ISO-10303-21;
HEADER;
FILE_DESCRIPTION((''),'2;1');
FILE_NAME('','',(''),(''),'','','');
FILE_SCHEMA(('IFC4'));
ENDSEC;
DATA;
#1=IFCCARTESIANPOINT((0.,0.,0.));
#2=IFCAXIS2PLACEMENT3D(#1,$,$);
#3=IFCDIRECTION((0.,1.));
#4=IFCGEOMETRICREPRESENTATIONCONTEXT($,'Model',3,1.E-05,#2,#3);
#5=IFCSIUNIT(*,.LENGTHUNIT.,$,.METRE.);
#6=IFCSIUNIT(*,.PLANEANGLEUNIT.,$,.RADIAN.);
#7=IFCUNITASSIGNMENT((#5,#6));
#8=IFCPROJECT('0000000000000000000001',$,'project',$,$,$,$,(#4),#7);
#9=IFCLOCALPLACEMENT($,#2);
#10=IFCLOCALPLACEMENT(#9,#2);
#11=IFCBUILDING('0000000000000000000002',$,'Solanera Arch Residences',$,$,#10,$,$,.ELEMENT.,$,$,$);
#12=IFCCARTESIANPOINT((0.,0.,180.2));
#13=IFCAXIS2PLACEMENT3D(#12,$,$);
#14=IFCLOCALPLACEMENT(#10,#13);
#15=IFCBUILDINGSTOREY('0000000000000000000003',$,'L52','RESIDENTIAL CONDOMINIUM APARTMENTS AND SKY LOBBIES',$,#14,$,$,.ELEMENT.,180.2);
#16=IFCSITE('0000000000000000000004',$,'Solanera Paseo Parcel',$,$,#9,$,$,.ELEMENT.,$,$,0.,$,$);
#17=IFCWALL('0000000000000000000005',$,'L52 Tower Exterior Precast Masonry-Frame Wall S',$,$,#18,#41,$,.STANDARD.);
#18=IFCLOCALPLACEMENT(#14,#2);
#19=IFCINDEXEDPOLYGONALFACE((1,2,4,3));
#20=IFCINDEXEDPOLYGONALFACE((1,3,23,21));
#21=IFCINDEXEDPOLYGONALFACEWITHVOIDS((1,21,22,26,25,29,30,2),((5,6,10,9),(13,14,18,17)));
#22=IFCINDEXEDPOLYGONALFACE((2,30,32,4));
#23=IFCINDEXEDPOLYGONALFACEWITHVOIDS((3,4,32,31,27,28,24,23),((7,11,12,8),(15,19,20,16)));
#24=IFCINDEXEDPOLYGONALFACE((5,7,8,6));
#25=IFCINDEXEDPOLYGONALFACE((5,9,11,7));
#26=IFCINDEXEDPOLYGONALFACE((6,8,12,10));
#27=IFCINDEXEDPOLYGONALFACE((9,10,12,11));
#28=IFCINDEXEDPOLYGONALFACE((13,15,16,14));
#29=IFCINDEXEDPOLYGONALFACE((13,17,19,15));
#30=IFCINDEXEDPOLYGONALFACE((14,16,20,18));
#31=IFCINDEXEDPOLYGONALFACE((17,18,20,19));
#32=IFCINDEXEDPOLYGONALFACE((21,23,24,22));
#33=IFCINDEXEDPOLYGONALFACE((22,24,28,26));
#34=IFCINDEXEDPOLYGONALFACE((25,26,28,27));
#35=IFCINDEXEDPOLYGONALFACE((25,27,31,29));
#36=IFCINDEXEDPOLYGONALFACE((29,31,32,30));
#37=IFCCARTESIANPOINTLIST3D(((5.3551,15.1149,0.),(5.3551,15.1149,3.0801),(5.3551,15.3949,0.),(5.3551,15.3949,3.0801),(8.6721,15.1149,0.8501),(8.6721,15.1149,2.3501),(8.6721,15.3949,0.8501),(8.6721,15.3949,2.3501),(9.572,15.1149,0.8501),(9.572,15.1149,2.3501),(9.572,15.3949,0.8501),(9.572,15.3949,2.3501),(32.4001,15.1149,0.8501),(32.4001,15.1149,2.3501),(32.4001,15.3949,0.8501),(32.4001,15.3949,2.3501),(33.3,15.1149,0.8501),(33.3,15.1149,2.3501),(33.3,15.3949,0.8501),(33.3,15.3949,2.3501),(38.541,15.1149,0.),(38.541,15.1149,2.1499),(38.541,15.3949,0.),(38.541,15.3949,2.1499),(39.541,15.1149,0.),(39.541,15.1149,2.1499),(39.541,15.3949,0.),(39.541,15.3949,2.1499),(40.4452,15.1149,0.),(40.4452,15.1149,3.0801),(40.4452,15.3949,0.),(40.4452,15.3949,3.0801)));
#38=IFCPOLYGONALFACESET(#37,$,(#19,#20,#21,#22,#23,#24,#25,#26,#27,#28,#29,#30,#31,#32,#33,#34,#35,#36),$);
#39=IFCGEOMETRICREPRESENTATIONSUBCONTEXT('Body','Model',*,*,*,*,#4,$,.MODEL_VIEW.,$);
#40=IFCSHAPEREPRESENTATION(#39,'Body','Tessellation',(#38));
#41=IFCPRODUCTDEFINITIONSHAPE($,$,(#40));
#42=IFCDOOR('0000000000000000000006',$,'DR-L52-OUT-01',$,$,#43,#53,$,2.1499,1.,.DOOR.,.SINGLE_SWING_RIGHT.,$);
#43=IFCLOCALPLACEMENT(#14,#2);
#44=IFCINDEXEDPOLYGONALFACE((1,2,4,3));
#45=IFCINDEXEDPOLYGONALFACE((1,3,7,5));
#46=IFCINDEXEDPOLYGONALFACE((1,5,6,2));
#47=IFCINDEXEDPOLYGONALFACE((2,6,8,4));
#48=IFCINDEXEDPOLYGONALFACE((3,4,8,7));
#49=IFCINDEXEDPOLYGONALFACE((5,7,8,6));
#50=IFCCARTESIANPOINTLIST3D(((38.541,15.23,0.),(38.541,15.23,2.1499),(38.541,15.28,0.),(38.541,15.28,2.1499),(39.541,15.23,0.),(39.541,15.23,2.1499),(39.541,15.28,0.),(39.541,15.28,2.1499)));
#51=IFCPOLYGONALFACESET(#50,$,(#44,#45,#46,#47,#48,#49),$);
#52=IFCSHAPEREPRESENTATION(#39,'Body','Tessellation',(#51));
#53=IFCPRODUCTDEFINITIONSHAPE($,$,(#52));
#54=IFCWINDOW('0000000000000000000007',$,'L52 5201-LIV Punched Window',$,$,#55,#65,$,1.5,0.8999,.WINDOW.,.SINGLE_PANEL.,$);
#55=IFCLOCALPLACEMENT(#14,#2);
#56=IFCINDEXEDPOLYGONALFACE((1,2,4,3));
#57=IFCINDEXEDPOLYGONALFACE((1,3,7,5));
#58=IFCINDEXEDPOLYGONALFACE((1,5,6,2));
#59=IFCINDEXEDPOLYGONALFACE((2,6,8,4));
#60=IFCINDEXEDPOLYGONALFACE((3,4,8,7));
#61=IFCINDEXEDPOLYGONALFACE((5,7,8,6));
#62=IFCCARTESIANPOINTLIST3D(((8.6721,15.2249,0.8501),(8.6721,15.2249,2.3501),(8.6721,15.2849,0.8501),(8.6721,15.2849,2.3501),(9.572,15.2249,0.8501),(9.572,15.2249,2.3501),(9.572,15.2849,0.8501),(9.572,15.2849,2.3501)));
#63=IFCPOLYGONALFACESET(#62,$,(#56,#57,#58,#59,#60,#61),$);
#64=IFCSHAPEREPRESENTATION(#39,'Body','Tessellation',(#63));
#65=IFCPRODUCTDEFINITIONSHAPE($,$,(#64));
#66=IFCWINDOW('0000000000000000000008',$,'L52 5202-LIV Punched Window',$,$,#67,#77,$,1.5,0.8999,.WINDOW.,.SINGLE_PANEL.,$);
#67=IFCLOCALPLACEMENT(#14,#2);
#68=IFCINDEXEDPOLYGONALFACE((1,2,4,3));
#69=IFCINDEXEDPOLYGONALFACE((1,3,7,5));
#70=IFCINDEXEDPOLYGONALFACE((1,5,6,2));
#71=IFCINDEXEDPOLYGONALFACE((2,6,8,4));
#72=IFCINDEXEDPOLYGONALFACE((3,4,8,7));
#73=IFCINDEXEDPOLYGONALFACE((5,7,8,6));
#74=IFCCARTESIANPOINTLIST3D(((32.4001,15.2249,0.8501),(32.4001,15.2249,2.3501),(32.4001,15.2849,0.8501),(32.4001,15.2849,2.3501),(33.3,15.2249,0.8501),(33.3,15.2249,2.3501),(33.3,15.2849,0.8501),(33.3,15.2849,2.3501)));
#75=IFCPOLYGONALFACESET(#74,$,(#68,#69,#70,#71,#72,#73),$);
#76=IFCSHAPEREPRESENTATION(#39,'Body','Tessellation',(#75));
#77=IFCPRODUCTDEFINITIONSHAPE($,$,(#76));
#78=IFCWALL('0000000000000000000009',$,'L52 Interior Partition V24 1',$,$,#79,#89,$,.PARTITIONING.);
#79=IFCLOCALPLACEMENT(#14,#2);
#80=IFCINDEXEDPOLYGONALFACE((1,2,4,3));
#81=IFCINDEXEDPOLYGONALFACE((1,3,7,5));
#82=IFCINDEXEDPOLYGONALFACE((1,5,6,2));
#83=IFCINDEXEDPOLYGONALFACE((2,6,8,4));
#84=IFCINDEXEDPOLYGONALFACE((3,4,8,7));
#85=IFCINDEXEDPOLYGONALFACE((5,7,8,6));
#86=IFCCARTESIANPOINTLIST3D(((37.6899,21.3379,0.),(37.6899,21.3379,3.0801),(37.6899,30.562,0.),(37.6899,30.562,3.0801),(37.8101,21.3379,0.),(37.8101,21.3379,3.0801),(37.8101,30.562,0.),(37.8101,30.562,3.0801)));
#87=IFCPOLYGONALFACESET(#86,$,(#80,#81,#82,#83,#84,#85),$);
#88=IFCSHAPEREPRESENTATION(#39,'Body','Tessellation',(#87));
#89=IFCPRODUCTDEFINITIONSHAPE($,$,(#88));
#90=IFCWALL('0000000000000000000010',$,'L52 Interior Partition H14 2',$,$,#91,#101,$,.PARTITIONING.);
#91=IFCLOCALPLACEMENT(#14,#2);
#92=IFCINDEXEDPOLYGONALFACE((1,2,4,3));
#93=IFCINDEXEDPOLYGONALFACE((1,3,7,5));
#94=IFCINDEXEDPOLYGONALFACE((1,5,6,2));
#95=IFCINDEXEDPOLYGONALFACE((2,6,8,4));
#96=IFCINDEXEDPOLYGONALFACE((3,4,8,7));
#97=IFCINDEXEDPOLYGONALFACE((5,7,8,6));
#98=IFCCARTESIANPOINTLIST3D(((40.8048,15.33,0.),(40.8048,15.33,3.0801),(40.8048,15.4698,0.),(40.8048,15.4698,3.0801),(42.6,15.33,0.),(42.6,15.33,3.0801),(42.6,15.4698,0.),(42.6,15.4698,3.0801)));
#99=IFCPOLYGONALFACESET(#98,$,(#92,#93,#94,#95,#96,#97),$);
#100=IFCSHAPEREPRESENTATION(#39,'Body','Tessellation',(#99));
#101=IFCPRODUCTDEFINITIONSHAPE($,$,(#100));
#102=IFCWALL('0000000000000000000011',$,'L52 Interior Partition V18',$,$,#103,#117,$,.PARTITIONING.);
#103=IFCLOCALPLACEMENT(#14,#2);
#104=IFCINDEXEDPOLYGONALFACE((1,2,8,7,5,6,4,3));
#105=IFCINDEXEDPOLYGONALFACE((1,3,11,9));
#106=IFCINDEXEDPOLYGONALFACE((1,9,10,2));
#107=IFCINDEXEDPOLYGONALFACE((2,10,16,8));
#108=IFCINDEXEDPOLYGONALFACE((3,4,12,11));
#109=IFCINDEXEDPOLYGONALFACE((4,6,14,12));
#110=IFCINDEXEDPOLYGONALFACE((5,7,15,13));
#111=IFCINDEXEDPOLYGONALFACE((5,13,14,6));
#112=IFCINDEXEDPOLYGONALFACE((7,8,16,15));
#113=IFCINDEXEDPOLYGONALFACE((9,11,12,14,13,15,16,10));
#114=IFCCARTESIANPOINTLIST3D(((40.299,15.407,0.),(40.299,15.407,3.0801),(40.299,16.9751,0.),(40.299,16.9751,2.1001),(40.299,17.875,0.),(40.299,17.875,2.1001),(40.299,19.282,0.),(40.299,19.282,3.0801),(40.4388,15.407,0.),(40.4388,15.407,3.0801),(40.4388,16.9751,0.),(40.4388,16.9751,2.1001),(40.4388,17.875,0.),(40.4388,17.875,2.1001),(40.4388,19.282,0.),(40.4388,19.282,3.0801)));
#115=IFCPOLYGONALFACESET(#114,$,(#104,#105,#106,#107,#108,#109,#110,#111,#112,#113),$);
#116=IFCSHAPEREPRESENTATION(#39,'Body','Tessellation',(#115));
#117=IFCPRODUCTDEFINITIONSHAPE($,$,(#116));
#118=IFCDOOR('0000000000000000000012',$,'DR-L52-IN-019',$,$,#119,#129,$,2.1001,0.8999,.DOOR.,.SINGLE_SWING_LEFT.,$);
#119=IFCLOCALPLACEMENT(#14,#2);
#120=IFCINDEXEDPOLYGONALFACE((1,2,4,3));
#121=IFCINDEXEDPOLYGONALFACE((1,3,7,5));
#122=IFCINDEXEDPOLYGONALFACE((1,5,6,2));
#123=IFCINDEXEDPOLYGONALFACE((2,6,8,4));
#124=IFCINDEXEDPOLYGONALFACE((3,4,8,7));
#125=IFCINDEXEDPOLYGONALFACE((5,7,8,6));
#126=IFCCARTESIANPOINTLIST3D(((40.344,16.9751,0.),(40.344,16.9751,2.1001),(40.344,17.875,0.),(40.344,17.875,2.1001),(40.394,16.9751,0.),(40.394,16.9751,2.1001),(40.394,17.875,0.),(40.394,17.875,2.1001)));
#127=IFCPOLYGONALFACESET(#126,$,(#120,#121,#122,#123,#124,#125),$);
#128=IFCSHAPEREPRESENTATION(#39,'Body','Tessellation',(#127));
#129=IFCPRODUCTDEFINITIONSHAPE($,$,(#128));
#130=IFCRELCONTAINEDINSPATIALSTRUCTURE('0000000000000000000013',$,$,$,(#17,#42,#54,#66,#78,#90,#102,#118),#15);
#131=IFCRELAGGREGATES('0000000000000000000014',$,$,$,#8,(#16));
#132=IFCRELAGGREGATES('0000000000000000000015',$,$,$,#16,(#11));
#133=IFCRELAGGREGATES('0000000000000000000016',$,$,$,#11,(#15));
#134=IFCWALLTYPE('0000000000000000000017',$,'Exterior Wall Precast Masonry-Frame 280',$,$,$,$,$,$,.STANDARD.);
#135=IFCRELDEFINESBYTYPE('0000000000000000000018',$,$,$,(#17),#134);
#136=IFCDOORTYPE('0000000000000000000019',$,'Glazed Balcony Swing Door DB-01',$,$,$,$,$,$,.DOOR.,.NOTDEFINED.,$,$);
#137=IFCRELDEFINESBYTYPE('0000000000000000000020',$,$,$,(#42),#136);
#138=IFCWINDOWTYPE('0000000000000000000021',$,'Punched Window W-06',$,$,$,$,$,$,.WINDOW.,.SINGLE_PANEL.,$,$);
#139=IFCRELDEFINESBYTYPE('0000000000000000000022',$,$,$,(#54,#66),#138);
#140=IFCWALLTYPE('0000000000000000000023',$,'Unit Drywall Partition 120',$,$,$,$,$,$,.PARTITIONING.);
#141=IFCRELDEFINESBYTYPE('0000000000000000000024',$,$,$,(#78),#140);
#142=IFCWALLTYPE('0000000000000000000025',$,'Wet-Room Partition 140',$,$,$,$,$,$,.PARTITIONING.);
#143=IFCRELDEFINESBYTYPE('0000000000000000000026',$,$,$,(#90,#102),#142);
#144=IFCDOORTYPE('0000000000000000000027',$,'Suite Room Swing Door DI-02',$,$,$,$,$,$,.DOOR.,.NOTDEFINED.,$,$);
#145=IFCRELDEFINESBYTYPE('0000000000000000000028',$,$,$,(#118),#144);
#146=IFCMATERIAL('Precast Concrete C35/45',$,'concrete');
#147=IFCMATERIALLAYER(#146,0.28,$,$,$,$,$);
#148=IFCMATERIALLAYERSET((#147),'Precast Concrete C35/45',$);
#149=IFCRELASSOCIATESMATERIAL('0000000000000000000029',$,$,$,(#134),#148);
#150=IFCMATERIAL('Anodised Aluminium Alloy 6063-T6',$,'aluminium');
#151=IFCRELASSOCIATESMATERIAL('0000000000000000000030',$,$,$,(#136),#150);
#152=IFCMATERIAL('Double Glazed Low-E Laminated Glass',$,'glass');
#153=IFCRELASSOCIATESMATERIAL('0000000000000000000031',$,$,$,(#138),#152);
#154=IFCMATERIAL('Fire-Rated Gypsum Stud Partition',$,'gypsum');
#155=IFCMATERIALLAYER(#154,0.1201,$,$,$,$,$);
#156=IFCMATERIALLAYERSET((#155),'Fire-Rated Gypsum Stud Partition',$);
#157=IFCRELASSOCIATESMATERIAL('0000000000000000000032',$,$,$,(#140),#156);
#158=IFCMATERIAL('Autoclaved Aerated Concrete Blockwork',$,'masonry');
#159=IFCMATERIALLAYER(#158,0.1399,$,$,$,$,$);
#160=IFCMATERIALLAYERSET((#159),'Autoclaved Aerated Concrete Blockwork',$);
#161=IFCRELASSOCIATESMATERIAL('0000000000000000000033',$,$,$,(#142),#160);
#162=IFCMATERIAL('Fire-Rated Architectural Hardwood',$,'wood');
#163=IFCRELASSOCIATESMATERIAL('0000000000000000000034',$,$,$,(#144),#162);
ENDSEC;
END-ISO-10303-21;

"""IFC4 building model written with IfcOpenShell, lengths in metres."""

from ifc_helpers import new_model, si_unit, direction, frame, frame_2d, origin, place, context, subcontext, project, spatial, rectangle, extrude, material, layer, layer_set, type_object, element, fill, save


model = new_model("IFC4")

# Units and contexts
model_context = context("Model", 3, precision=1e-05, world=origin(), true_north=direction((0.0, 1.0)))
body_context = subcontext(model_context, "Body", "Model", "MODEL_VIEW")
ifc_project = project(units=[si_unit("LENGTHUNIT", "METRE"), si_unit("PLANEANGLEUNIT", "RADIAN")], contexts=[model_context])

# Site, building, storey
site_placement = place(None, origin())
site = spatial("IfcSite", under=ifc_project, at=site_placement, Name="Solanera Paseo Parcel", CompositionType="ELEMENT", RefElevation=0.0)
building_placement = place(site_placement, origin())
building = spatial("IfcBuilding", under=site, at=building_placement, Name="Solanera Arch Residences", CompositionType="ELEMENT")
storey_placement = place(building_placement, frame((0.0, 0.0, 180.2)))
storey = spatial("IfcBuildingStorey", under=building, at=storey_placement, Name="L52", Description="RESIDENTIAL CONDOMINIUM APARTMENTS AND SKY LOBBIES", CompositionType="ELEMENT", Elevation=180.2)

# Shared definitions
ifc_material_1 = material(Name="Precast Concrete C35/45", Category="concrete")
ifc_layer_1 = layer(ifc_material_1, 0.28)
ifc_layer_set_1 = layer_set([ifc_layer_1], Name="Precast Concrete C35/45")
wall_type_1 = type_object("IfcWallType", Name="Exterior Wall Precast Masonry-Frame 280", PredefinedType="STANDARD", material=ifc_layer_set_1)

# Wall, openings, door, windows
wall_1_placement = place(storey_placement, frame((40.4451, 15.2549, 0.0), z_axis=(0.0, 0.0, 1.0), x_axis=(-1.0, 0.0, 0.0)))
wall_1 = element("IfcWall", 1, at=wall_1_placement, inside=storey, type_object=wall_type_1, Name="L52 Tower Exterior Precast Masonry-Frame Wall S", PredefinedType="STANDARD", context=body_context, shape_type="SweptSolid", body=[
    extrude(rectangle(XDim=35.0901, YDim=0.28, at=frame_2d((17.5449, 0.0))), origin(), (0.0, 0.0, 1.0), 3.0801),
])
opening_1_placement = place(wall_1_placement, frame((0.9041, 0.0, 0.0)))
opening_1 = element("IfcOpeningElement", 2, at=opening_1_placement, cuts=wall_1, PredefinedType="OPENING", context=body_context, shape_type="SweptSolid", body=[
    extrude(rectangle(XDim=1.0, YDim=2.1499, at=frame_2d((0.5, 1.075))), frame((0.0, 0.1499, 0.0), z_axis=(0.0, -1.0, 0.0), x_axis=(1.0, 0.0, 0.0)), (0.0, 0.0, 1.0), 0.3),
])
opening_2_placement = place(wall_1_placement, frame((30.873, 0.0, 0.8501)))
opening_2 = element("IfcOpeningElement", 3, at=opening_2_placement, cuts=wall_1, PredefinedType="OPENING", context=body_context, shape_type="SweptSolid", body=[
    extrude(rectangle(XDim=0.8999, YDim=1.5, at=frame_2d((0.45, 0.75))), frame((0.0, 0.1499, 0.0), z_axis=(0.0, -1.0, 0.0), x_axis=(1.0, 0.0, 0.0)), (0.0, 0.0, 1.0), 0.3),
])
opening_3_placement = place(wall_1_placement, frame((7.145, 0.0, 0.8501)))
opening_3 = element("IfcOpeningElement", 4, at=opening_3_placement, cuts=wall_1, PredefinedType="OPENING", context=body_context, shape_type="SweptSolid", body=[
    extrude(rectangle(XDim=0.8999, YDim=1.5, at=frame_2d((0.45, 0.75))), frame((0.0, 0.1499, 0.0), z_axis=(0.0, -1.0, 0.0), x_axis=(1.0, 0.0, 0.0)), (0.0, 0.0, 1.0), 0.3),
])
ifc_material_2 = material(Name="Anodised Aluminium Alloy 6063-T6", Category="aluminium")
door_type_1 = type_object("IfcDoorType", Name="Glazed Balcony Swing Door DB-01", OperationType="NOTDEFINED", PredefinedType="DOOR", material=ifc_material_2)
door_1_placement = place(opening_1_placement, origin())
door_1 = element("IfcDoor", 5, at=door_1_placement, inside=storey, type_object=door_type_1, Name="DR-L52-OUT-01", OperationType="SINGLE_SWING_RIGHT", OverallHeight=2.1499, OverallWidth=1.0, PredefinedType="DOOR", context=body_context, shape_type="SweptSolid", body=[
    extrude(rectangle(XDim=1.0, YDim=2.1499, at=frame_2d((0.5, 1.075))), frame((0.0, 0.0249, 0.0), z_axis=(0.0, -1.0, 0.0), x_axis=(1.0, 0.0, 0.0)), (0.0, 0.0, 1.0), 0.05),
])
fill(opening_1, door_1)
ifc_material_3 = material(Name="Double Glazed Low-E Laminated Glass", Category="glass")
window_type = type_object("IfcWindowType", Name="Punched Window W-06", PartitioningType="SINGLE_PANEL", PredefinedType="WINDOW", material=ifc_material_3)
window_1_placement = place(opening_2_placement, origin())
window_1 = element("IfcWindow", 6, at=window_1_placement, inside=storey, type_object=window_type, Name="L52 5201-LIV Punched Window", OverallHeight=1.5, OverallWidth=0.8999, PartitioningType="SINGLE_PANEL", PredefinedType="WINDOW", context=body_context, shape_type="SweptSolid", body=[
    extrude(rectangle(XDim=0.8999, YDim=1.5, at=frame_2d((0.45, 0.75))), frame((0.0, 0.03, 0.0), z_axis=(0.0, -1.0, 0.0), x_axis=(1.0, 0.0, 0.0)), (0.0, 0.0, 1.0), 0.0601),
])
fill(opening_2, window_1)
window_2_placement = place(opening_3_placement, origin())
window_2 = element("IfcWindow", 7, at=window_2_placement, inside=storey, type_object=window_type, Name="L52 5202-LIV Punched Window", OverallHeight=1.5, OverallWidth=0.8999, PartitioningType="SINGLE_PANEL", PredefinedType="WINDOW", context=body_context, shape_type="SweptSolid", body=[
    extrude(rectangle(XDim=0.8999, YDim=1.5, at=frame_2d((0.45, 0.75))), frame((0.0, 0.03, 0.0), z_axis=(0.0, -1.0, 0.0), x_axis=(1.0, 0.0, 0.0)), (0.0, 0.0, 1.0), 0.0601),
])
fill(opening_3, window_2)

# Walls
ifc_material_4 = material(Name="Fire-Rated Gypsum Stud Partition", Category="gypsum")
ifc_layer_2 = layer(ifc_material_4, 0.1201)
ifc_layer_set_2 = layer_set([ifc_layer_2], Name="Fire-Rated Gypsum Stud Partition")
wall_type_2 = type_object("IfcWallType", Name="Unit Drywall Partition 120", PredefinedType="PARTITIONING", material=ifc_layer_set_2)
wall_2_placement = place(storey_placement, frame((37.75, 21.3379, 0.0), z_axis=(0.0, 0.0, 1.0), x_axis=(0.0, 1.0, 0.0)))
element("IfcWall", 8, at=wall_2_placement, inside=storey, type_object=wall_type_2, Name="L52 Interior Partition V24 1", PredefinedType="PARTITIONING", context=body_context, shape_type="SweptSolid", body=[
    extrude(rectangle(XDim=9.2241, YDim=0.1201, at=frame_2d((4.6121, 0.0))), origin(), (0.0, 0.0, 1.0), 3.0801),
])
ifc_material_5 = material(Name="Autoclaved Aerated Concrete Blockwork", Category="masonry")
ifc_layer_3 = layer(ifc_material_5, 0.1399)
ifc_layer_set_3 = layer_set([ifc_layer_3], Name="Autoclaved Aerated Concrete Blockwork")
wall_type_3 = type_object("IfcWallType", Name="Wet-Room Partition 140", PredefinedType="PARTITIONING", material=ifc_layer_set_3)
wall_3_placement = place(storey_placement, frame((40.8049, 15.3999, 0.0), z_axis=(0.0, 0.0, 1.0), x_axis=(1.0, 0.0, 0.0)))
element("IfcWall", 9, at=wall_3_placement, inside=storey, type_object=wall_type_3, Name="L52 Interior Partition H14 2", PredefinedType="PARTITIONING", context=body_context, shape_type="SweptSolid", body=[
    extrude(rectangle(XDim=1.7952, YDim=0.1399, at=frame_2d((0.8975, 0.0))), origin(), (0.0, 0.0, 1.0), 3.0801),
])

# Wall, opening, door
wall_4_placement = place(storey_placement, frame((40.3689, 15.407, 0.0), z_axis=(0.0, 0.0, 1.0), x_axis=(0.0, 1.0, 0.0)))
wall_4 = element("IfcWall", 10, at=wall_4_placement, inside=storey, type_object=wall_type_3, Name="L52 Interior Partition V18", PredefinedType="PARTITIONING", context=body_context, shape_type="SweptSolid", body=[
    extrude(rectangle(XDim=3.875, YDim=0.1399, at=frame_2d((1.9375, 0.0))), origin(), (0.0, 0.0, 1.0), 3.0801),
])
opening_4_placement = place(wall_4_placement, frame((1.5681, 0.0, 0.0)))
opening_4 = element("IfcOpeningElement", 11, at=opening_4_placement, cuts=wall_4, PredefinedType="OPENING", context=body_context, shape_type="SweptSolid", body=[
    extrude(rectangle(XDim=0.8999, YDim=2.1001, at=frame_2d((0.45, 1.05))), frame((0.0, 0.0798, 0.0), z_axis=(0.0, -1.0, 0.0), x_axis=(1.0, 0.0, 0.0)), (0.0, 0.0, 1.0), 0.1599),
])
ifc_material_6 = material(Name="Fire-Rated Architectural Hardwood", Category="wood")
door_type_2 = type_object("IfcDoorType", Name="Suite Room Swing Door DI-02", OperationType="NOTDEFINED", PredefinedType="DOOR", material=ifc_material_6)
door_2_placement = place(opening_4_placement, origin())
door_2 = element("IfcDoor", 12, at=door_2_placement, inside=storey, type_object=door_type_2, Name="DR-L52-IN-019", OperationType="SINGLE_SWING_LEFT", OverallHeight=2.1001, OverallWidth=0.8999, PredefinedType="DOOR", context=body_context, shape_type="SweptSolid", body=[
    extrude(rectangle(XDim=0.8999, YDim=2.1001, at=frame_2d((0.45, 1.05))), frame((0.0, 0.0249, 0.0), z_axis=(0.0, -1.0, 0.0), x_axis=(1.0, 0.0, 0.0)), (0.0, 0.0, 1.0), 0.05),
])
fill(opening_4, door_2)

save(model, "model.ifc")
